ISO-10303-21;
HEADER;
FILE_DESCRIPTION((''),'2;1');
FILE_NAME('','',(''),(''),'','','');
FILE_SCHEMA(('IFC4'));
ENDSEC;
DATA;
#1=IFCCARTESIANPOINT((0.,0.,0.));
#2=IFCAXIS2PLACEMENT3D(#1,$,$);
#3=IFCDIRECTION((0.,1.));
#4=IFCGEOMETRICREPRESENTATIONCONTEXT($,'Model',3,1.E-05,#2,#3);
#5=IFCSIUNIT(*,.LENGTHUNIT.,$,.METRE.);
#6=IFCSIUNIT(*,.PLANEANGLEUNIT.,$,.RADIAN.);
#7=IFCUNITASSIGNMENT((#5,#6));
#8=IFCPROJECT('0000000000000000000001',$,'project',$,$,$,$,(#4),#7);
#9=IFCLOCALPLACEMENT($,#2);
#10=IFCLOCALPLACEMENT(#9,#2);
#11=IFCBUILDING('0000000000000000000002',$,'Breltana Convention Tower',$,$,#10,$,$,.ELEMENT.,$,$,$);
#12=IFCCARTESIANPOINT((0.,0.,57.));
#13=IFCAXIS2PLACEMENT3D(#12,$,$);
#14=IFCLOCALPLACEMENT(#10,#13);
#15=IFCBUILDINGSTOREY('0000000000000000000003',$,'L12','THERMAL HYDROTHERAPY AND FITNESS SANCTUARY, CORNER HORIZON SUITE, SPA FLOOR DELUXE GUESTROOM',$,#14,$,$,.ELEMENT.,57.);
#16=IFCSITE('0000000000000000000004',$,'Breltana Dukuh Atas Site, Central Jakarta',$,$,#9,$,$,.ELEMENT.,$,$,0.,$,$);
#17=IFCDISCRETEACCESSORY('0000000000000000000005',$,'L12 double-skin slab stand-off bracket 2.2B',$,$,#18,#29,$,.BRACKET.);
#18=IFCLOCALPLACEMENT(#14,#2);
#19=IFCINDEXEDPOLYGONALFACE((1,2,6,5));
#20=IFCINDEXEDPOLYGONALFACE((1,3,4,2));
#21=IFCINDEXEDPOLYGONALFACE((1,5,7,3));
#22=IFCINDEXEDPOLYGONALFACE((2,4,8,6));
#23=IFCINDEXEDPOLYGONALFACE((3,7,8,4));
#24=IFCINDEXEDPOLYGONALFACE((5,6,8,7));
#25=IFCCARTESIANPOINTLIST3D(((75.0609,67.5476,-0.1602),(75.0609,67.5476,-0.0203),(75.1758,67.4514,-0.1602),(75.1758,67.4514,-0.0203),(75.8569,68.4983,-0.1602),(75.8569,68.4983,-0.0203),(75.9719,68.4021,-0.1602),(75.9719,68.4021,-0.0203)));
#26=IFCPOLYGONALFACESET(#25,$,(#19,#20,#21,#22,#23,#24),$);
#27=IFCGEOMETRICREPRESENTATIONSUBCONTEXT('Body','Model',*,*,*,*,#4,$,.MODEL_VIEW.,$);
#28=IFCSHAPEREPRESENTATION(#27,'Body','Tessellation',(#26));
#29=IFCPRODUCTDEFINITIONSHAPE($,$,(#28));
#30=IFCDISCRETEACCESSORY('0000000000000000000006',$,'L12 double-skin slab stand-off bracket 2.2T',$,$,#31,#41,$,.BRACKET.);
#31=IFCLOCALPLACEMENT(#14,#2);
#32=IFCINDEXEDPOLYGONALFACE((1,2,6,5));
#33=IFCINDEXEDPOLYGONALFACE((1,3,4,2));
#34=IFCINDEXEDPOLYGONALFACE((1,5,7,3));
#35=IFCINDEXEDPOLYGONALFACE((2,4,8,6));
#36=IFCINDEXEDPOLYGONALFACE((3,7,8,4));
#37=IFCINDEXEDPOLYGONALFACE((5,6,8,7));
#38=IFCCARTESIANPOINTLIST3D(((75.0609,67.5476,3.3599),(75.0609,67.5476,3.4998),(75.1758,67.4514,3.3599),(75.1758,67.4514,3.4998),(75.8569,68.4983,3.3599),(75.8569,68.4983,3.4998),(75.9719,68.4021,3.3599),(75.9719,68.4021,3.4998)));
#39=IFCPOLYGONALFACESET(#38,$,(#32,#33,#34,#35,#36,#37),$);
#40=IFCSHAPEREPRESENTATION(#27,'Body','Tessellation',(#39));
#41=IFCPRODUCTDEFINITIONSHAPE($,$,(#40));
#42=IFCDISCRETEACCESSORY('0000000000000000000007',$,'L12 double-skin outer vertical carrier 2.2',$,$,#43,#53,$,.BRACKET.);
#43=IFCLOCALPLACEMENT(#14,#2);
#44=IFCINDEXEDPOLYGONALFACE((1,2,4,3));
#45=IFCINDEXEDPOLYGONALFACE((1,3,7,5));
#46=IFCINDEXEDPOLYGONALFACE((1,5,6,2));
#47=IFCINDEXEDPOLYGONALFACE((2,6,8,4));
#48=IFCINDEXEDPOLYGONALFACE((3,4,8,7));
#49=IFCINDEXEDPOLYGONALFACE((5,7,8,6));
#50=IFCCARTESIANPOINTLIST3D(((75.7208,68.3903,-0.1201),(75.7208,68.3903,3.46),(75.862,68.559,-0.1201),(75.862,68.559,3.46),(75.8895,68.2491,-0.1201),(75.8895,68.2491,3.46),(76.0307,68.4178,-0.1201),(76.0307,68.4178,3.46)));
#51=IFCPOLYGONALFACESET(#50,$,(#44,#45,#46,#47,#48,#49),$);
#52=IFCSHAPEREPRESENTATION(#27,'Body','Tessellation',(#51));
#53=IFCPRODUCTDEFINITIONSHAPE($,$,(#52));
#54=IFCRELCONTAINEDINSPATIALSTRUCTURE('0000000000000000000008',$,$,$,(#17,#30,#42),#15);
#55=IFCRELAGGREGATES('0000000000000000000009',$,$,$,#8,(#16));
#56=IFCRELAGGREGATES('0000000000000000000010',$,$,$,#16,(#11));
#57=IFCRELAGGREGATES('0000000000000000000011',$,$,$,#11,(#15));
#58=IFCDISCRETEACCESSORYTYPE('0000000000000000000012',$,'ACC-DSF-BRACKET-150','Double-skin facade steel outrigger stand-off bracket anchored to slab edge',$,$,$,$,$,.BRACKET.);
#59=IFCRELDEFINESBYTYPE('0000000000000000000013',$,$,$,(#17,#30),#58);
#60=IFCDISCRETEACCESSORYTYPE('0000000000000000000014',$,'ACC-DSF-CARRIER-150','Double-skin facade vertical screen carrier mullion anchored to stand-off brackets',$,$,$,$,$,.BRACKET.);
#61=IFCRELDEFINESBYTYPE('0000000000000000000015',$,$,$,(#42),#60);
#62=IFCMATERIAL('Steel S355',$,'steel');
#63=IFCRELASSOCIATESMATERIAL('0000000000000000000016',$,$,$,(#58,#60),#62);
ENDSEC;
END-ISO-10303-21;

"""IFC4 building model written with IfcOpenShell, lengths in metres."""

from ifc_helpers import new_model, si_unit, direction, frame, origin, origin_2d, place, context, subcontext, project, spatial, rectangle, extrude, source, transform, mapped, material, type_object, type_shapes, element, save


model = new_model("IFC4")

# Units and contexts
model_context = context("Model", 3, precision=1e-05, world=origin(), true_north=direction((0.0, 1.0)))
body_context = subcontext(model_context, "Body", "Model", "MODEL_VIEW")
ifc_project = project(units=[si_unit("LENGTHUNIT", "METRE"), si_unit("PLANEANGLEUNIT", "RADIAN")], contexts=[model_context])

# Site, building, storey
site_placement = place(None, origin())
site = spatial("IfcSite", under=ifc_project, at=site_placement, Name="Breltana Dukuh Atas Site, Central Jakarta", CompositionType="ELEMENT", RefElevation=0.0)
building_placement = place(site_placement, origin())
building = spatial("IfcBuilding", under=site, at=building_placement, Name="Breltana Convention Tower", CompositionType="ELEMENT")
storey_placement = place(building_placement, frame((0.0, 0.0, 57.0)))
storey = spatial("IfcBuildingStorey", under=building, at=storey_placement, Name="L12", Description="THERMAL HYDROTHERAPY AND FITNESS SANCTUARY, CORNER HORIZON SUITE, SPA FLOOR DELUXE GUESTROOM", CompositionType="ELEMENT", Elevation=57.0)

# Discrete accessories
ifc_material_1 = material(Name="Steel S355", Category="steel")
discrete_accessory_type_1 = type_object("IfcDiscreteAccessoryType", Name="ACC-DSF-BRACKET-150", Description="Double-skin facade steel outrigger stand-off bracket anchored to slab edge", PredefinedType="BRACKET", material=ifc_material_1)
shared_shape_1 = source(origin(), body_context, "Body", "SweptSolid", [
    extrude(rectangle(XDim=1.24, YDim=0.1499, at=origin_2d()), origin(), (0.0, 0.0, 1.0), 0.1399),
])
type_shapes(discrete_accessory_type_1, [shared_shape_1])
for number, where, z_axis, x_axis, name in (
    (1, (75.5164, 67.9749, -0.1602), (0.0, 0.0, 1.0), (0.64199, 0.766713, 0.0), "L12 double-skin slab stand-off bracket 2.2B"),
    (2, (75.5164, 67.9749, 3.3599), (0.0, 0.0, 1.0), (0.64199, 0.766713, 0.0), "L12 double-skin slab stand-off bracket 2.2T"),
):
    element("IfcDiscreteAccessory", number, at=place(storey_placement, frame(where, z_axis=z_axis, x_axis=x_axis)), inside=storey, type_object=discrete_accessory_type_1, Name=name, PredefinedType="BRACKET", context=body_context, shape_type="MappedRepresentation", body=[
        mapped(shared_shape_1, transform((0.0, 0.0, 0.0), scale=1.0)),
    ])
discrete_accessory_type_2 = type_object("IfcDiscreteAccessoryType", Name="ACC-DSF-CARRIER-150", Description="Double-skin facade vertical screen carrier mullion anchored to stand-off brackets", PredefinedType="BRACKET", material=ifc_material_1)
shared_shape_2 = source(origin(), body_context, "Body", "SweptSolid", [
    extrude(rectangle(XDim=0.22, YDim=0.22, at=origin_2d()), origin(), (0.0, 0.0, 1.0), 3.5801),
])
discrete_accessory_placement = place(storey_placement, frame((75.8757, 68.4041, -0.1201), z_axis=(0.0, 0.0, 1.0), x_axis=(0.64199, 0.766713, 0.0)))
element("IfcDiscreteAccessory", 3, at=discrete_accessory_placement, inside=storey, type_object=discrete_accessory_type_2, Name="L12 double-skin outer vertical carrier 2.2", PredefinedType="BRACKET", context=body_context, shape_type="MappedRepresentation", body=[
    mapped(shared_shape_2, transform((0.0, 0.0, 0.0), scale=1.0)),
])

save(model, "model.ifc")
